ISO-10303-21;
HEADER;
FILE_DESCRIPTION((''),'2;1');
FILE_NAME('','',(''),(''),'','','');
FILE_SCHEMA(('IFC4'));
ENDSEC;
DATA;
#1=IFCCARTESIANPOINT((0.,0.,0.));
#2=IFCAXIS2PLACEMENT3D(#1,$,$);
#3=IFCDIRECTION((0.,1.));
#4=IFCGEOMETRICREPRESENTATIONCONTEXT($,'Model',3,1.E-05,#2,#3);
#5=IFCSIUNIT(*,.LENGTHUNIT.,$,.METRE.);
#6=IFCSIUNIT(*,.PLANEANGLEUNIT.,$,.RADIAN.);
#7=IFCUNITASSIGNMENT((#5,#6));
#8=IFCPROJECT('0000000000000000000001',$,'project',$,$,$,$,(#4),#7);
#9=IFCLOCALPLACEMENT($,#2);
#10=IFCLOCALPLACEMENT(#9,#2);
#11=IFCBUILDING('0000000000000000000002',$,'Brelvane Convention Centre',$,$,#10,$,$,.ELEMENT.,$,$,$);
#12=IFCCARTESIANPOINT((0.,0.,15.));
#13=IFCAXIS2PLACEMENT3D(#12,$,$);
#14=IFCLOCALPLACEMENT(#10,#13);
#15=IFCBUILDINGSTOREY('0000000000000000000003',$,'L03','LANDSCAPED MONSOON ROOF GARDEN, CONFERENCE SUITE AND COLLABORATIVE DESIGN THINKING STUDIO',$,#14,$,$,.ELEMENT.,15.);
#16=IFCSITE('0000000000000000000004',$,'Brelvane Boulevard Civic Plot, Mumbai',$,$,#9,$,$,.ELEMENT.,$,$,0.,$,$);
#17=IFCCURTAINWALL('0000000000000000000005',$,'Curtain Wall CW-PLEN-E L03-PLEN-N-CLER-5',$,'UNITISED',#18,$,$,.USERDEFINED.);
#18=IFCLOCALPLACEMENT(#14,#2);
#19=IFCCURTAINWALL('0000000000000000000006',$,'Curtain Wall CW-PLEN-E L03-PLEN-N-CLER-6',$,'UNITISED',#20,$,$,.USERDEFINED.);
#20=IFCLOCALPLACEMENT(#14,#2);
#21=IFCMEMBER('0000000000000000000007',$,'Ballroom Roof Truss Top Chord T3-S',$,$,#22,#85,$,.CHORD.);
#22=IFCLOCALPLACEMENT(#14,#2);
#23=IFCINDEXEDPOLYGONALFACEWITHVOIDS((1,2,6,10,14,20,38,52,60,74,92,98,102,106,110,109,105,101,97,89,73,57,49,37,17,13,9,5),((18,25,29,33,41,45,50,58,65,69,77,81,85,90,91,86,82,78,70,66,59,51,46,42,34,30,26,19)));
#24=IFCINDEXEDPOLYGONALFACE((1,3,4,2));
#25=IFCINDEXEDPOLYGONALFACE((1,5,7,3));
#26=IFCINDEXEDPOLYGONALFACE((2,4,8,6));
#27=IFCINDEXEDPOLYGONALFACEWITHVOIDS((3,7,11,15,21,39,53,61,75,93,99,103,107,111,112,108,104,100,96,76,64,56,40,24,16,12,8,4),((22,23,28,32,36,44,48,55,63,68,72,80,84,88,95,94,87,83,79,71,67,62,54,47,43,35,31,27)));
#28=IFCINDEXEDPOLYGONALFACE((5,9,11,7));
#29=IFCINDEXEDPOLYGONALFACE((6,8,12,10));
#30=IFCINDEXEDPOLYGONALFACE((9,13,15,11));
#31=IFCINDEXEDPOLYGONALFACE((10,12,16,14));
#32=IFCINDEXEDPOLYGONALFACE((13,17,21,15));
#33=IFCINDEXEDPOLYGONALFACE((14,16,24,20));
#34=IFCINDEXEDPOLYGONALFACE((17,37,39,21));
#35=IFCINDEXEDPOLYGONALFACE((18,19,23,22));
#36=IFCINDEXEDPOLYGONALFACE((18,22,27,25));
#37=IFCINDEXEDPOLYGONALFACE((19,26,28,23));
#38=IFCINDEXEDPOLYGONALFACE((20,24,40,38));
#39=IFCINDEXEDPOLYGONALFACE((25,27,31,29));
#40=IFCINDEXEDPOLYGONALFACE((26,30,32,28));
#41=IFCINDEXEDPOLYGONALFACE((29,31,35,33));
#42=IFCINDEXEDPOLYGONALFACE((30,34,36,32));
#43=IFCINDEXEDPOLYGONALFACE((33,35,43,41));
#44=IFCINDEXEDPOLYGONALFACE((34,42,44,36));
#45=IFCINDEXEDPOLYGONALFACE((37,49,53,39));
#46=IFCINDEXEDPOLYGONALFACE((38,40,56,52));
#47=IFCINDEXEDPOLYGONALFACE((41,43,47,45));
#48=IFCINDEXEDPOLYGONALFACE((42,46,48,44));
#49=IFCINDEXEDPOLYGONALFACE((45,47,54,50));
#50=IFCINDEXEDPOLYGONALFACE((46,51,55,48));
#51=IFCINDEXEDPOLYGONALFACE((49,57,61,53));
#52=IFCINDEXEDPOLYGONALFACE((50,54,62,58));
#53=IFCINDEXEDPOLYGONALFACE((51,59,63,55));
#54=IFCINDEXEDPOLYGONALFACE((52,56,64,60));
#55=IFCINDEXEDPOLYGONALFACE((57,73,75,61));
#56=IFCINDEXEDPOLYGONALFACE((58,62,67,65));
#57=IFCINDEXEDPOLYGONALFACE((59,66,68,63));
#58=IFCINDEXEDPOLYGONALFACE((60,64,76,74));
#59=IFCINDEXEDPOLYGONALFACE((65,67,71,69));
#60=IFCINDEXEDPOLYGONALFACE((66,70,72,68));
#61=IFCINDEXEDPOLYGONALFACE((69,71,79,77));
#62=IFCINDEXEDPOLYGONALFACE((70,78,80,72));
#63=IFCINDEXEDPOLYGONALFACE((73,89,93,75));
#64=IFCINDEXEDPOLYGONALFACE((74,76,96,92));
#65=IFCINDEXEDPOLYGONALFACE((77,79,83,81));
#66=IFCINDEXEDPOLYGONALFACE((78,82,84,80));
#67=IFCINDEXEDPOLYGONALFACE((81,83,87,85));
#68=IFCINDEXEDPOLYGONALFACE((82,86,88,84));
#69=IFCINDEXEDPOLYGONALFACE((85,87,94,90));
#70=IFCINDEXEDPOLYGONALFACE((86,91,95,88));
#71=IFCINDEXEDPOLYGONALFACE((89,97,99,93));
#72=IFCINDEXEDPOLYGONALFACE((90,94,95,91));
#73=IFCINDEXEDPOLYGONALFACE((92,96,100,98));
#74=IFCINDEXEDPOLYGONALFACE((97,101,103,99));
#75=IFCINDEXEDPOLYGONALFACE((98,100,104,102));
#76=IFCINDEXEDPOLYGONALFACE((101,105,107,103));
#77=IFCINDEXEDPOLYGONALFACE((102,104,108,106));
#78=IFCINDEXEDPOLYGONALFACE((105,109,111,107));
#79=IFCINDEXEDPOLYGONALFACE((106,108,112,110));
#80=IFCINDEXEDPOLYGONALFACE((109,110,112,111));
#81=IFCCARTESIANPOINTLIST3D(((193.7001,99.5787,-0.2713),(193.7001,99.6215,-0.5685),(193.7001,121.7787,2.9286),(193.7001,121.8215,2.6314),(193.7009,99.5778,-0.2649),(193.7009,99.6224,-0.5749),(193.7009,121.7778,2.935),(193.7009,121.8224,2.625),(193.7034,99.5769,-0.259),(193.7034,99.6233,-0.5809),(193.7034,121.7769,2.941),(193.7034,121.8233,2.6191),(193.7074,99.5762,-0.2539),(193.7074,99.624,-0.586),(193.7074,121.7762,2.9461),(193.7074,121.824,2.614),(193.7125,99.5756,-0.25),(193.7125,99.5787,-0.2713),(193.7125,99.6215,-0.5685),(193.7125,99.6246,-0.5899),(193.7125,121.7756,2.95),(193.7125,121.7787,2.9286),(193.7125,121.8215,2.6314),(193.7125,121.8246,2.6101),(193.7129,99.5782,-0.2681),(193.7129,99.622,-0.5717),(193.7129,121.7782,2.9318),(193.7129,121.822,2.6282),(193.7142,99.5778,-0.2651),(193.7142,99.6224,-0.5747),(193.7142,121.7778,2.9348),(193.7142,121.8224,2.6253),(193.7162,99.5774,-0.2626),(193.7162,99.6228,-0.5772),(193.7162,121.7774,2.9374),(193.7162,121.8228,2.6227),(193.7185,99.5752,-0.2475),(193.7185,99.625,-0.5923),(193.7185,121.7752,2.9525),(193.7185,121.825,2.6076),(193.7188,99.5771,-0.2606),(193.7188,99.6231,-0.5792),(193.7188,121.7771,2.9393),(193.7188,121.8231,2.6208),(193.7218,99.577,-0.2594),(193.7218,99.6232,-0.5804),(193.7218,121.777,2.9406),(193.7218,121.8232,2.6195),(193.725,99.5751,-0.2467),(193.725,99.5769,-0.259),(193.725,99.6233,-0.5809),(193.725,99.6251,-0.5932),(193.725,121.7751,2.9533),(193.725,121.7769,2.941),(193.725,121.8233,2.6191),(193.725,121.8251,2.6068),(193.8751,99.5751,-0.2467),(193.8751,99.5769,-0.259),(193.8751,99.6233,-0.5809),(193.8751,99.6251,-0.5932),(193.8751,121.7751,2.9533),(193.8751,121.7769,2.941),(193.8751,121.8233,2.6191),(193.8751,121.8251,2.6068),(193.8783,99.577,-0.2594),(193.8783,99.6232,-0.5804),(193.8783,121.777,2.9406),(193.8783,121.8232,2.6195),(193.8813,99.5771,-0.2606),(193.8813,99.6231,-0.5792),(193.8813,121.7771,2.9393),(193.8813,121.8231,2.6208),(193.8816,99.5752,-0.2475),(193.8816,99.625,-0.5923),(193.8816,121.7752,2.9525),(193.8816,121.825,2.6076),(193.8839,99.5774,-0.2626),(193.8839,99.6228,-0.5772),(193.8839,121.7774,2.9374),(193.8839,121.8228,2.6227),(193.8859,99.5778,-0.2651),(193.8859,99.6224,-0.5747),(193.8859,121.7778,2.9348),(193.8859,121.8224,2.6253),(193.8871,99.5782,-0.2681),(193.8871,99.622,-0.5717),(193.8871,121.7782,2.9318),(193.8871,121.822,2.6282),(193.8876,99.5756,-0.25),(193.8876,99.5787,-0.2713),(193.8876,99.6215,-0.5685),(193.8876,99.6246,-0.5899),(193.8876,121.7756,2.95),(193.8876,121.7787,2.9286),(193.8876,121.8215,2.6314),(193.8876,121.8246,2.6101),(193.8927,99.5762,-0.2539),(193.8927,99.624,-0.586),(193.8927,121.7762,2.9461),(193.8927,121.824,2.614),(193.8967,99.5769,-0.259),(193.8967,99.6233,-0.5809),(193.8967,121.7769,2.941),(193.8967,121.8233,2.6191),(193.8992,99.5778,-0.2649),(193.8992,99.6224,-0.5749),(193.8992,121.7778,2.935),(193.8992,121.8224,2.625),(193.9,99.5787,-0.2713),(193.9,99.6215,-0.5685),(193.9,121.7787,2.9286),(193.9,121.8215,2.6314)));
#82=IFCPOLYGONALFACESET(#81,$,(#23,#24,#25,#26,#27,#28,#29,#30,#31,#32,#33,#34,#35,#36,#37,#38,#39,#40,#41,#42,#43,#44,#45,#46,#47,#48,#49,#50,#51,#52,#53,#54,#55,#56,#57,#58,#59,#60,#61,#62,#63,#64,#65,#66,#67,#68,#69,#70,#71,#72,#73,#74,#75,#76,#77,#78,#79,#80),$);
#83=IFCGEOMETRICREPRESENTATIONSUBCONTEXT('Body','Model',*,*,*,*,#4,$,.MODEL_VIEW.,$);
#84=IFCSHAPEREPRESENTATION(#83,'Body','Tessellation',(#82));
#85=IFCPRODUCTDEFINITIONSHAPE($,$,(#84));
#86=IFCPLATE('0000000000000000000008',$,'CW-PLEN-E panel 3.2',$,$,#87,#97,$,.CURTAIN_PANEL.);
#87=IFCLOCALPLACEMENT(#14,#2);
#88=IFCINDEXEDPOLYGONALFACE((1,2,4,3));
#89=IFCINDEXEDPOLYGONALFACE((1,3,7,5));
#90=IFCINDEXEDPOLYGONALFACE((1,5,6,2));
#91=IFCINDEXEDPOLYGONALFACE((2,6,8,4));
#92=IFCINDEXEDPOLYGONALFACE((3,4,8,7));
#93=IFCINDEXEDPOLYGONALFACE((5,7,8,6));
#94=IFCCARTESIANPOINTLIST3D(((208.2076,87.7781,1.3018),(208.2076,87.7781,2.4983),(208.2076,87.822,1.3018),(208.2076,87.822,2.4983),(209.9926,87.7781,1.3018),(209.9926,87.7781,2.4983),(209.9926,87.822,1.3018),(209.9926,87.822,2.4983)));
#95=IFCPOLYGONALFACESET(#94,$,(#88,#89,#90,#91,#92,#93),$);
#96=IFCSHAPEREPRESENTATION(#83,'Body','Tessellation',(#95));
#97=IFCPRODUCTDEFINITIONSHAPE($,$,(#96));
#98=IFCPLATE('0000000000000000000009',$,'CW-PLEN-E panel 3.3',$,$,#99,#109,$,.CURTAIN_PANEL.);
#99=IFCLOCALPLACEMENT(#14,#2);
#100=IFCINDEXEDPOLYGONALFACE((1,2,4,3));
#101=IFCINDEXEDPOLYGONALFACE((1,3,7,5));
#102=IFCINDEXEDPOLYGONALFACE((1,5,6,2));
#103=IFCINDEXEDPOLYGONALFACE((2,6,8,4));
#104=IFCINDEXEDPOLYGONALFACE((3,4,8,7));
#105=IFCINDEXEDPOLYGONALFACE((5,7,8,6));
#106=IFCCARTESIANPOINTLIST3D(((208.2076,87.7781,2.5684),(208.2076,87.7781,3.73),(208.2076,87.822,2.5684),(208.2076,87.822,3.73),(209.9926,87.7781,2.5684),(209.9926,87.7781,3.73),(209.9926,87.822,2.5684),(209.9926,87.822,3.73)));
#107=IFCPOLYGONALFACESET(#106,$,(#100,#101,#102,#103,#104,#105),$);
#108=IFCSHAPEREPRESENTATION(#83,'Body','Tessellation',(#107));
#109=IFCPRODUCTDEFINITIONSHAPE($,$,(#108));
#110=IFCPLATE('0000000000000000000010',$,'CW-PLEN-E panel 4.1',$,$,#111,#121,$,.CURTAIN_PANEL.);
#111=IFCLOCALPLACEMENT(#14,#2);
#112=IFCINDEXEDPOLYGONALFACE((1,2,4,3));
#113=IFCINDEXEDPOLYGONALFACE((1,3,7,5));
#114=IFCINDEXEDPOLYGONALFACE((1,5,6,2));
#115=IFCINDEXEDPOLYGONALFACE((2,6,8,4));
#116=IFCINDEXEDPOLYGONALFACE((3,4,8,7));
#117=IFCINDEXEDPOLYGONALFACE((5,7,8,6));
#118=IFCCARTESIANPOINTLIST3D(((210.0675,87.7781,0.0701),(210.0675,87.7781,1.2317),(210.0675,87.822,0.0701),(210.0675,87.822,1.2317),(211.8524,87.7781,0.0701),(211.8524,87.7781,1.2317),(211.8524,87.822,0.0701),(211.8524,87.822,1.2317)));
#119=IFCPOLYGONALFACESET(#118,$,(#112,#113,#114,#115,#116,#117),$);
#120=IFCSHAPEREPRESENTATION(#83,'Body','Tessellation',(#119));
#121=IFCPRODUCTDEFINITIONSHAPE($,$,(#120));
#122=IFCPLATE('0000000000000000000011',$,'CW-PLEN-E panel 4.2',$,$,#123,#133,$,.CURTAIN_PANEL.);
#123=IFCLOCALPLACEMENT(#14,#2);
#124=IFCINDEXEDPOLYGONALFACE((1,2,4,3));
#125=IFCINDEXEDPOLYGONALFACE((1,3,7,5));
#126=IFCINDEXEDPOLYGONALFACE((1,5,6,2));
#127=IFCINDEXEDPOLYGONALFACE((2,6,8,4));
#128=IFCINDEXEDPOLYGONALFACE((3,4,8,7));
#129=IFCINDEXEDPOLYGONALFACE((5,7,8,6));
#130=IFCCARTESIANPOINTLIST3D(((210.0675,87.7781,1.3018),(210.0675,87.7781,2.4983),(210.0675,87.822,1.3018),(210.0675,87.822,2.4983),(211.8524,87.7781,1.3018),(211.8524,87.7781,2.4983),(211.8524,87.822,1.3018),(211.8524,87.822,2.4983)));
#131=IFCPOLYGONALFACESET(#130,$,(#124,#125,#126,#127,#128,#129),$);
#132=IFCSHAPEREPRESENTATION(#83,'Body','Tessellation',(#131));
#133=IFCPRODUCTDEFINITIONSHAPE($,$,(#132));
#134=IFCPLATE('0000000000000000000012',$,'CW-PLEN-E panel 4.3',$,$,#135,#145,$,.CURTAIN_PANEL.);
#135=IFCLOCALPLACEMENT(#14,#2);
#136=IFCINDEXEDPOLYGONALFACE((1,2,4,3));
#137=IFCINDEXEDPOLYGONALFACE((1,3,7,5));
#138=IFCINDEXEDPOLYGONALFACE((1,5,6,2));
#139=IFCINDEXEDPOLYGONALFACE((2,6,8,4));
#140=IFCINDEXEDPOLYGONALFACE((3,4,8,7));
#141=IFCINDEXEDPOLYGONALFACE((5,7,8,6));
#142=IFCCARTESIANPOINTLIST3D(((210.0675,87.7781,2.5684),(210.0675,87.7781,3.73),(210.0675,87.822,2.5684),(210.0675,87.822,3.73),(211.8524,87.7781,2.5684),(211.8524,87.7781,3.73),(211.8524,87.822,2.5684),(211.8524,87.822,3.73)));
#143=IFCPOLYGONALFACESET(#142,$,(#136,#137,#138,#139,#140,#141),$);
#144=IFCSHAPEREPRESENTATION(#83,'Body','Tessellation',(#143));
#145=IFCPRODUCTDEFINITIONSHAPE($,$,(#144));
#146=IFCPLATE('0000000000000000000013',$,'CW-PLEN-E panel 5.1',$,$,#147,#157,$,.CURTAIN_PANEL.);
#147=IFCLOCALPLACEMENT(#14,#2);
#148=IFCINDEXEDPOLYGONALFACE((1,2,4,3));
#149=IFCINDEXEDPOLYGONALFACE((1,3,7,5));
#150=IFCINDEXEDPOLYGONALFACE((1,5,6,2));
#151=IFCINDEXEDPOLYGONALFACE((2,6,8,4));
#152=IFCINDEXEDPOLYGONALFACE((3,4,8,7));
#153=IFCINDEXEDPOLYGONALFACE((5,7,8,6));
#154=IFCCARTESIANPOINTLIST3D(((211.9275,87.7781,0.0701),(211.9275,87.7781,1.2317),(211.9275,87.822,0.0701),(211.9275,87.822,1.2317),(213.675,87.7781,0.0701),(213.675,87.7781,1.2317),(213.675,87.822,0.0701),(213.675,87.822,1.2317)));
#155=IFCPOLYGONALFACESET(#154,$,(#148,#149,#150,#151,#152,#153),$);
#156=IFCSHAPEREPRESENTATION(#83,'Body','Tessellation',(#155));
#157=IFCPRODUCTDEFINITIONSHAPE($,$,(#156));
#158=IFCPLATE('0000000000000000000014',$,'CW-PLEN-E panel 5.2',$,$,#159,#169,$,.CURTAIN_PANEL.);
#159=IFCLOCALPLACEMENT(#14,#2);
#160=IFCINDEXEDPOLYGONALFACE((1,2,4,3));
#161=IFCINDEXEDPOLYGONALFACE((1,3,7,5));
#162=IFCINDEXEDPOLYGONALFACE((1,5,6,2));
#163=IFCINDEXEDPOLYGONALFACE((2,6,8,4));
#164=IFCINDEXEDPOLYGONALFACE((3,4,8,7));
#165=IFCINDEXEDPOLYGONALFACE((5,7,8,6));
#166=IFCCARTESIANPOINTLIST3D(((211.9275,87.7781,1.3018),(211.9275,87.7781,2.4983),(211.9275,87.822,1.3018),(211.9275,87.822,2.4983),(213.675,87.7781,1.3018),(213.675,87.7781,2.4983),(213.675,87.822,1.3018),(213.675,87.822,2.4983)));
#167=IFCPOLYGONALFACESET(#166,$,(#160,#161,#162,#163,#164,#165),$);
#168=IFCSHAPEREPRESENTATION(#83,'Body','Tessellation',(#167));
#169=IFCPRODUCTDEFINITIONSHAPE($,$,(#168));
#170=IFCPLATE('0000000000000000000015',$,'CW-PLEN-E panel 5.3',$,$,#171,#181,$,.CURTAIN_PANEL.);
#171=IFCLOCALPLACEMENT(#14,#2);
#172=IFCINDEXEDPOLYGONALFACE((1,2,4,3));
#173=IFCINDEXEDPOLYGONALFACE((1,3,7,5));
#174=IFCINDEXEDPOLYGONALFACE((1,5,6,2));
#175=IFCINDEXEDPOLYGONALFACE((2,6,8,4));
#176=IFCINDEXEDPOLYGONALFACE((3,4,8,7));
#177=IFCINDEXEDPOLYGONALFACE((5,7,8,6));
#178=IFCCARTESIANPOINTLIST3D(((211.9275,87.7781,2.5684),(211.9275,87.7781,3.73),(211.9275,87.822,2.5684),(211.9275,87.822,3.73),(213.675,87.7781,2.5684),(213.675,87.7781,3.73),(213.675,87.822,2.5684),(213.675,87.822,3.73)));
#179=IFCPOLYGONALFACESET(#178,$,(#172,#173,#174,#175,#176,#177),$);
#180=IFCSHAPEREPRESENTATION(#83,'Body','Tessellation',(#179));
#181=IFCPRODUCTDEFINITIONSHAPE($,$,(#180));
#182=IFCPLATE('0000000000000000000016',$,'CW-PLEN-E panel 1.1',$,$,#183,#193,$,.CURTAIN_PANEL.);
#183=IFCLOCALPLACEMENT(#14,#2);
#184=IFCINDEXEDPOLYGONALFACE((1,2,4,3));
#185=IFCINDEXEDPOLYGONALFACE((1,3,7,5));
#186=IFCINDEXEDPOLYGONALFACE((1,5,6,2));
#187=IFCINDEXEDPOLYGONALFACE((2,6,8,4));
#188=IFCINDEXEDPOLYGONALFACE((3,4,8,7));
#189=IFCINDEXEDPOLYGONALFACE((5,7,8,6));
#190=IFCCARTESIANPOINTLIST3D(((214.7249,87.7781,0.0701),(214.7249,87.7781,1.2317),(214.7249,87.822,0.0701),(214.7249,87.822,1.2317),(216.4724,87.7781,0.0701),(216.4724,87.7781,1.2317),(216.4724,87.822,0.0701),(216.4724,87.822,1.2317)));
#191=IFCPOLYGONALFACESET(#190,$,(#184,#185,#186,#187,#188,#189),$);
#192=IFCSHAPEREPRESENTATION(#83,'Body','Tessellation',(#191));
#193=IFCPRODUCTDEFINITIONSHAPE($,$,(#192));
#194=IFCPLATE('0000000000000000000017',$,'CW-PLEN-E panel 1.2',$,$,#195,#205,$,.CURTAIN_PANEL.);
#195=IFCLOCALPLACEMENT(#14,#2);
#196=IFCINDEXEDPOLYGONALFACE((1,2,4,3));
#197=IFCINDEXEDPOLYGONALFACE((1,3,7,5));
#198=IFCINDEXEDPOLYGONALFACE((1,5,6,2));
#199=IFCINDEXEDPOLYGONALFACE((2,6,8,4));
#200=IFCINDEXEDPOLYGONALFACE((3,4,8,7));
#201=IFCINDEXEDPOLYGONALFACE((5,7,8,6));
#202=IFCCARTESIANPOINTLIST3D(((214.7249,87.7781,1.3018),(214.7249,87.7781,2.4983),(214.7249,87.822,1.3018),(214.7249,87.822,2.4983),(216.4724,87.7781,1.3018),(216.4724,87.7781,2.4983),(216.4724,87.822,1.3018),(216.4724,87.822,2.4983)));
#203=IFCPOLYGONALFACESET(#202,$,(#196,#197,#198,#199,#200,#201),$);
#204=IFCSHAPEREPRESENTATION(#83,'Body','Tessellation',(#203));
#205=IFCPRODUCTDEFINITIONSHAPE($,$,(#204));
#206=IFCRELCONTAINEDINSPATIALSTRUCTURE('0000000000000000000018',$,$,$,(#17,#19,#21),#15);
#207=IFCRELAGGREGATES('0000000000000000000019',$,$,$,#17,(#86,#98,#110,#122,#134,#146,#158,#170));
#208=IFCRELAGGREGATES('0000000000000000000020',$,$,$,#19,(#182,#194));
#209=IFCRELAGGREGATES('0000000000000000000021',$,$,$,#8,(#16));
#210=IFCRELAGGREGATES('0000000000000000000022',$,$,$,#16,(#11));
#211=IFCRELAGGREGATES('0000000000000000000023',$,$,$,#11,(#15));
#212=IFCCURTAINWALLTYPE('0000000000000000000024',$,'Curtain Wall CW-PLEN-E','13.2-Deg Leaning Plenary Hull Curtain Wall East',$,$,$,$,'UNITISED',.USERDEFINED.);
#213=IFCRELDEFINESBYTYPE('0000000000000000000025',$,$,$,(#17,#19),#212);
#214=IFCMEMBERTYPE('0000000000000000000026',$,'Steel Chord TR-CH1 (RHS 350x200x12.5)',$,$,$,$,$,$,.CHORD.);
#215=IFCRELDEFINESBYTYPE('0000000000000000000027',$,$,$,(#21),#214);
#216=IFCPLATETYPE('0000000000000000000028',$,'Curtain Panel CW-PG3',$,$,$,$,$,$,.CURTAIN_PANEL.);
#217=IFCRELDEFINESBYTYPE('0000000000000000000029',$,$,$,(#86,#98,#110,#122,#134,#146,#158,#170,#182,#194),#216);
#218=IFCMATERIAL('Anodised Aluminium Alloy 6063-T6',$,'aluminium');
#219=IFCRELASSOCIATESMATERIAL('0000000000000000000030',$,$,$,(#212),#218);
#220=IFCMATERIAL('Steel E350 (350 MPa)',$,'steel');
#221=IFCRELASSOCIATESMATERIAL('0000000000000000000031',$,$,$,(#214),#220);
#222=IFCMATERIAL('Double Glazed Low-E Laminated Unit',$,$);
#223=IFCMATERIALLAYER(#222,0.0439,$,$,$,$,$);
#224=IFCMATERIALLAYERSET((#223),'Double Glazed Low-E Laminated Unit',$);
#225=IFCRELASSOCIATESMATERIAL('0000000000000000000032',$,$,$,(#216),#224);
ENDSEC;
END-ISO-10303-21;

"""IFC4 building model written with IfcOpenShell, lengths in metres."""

from ifc_helpers import new_model, si_unit, direction, frame, origin, origin_2d, place, context, subcontext, project, spatial, rectangle, hollow_rectangle, extrude, material, layer, layer_set, material_profile, profile_set, type_object, element, aggregate, save


model = new_model("IFC4")

# Units and contexts
model_context = context("Model", 3, precision=1e-05, world=origin(), true_north=direction((0.0, 1.0)))
body_context = subcontext(model_context, "Body", "Model", "MODEL_VIEW")
ifc_project = project(units=[si_unit("LENGTHUNIT", "METRE"), si_unit("PLANEANGLEUNIT", "RADIAN")], contexts=[model_context])

# Site, building, storey
site_placement = place(None, origin())
site = spatial("IfcSite", under=ifc_project, at=site_placement, Name="Brelvane Boulevard Civic Plot, Mumbai", CompositionType="ELEMENT", RefElevation=0.0)
building_placement = place(site_placement, origin())
building = spatial("IfcBuilding", under=site, at=building_placement, Name="Brelvane Convention Centre", CompositionType="ELEMENT")
storey_placement = place(building_placement, frame((0.0, 0.0, 15.0)))
storey = spatial("IfcBuildingStorey", under=building, at=storey_placement, Name="L03", Description="LANDSCAPED MONSOON ROOF GARDEN, CONFERENCE SUITE AND COLLABORATIVE DESIGN THINKING STUDIO", CompositionType="ELEMENT", Elevation=15.0)

# Curtain walls
ifc_material_1 = material(Name="Anodised Aluminium Alloy 6063-T6", Category="aluminium")
curtain_wall_type = type_object("IfcCurtainWallType", Name="Curtain Wall CW-PLEN-E", Description="13.2-Deg Leaning Plenary Hull Curtain Wall East", ElementType="UNITISED", PredefinedType="USERDEFINED", material=ifc_material_1)
curtain_wall_1_placement = place(storey_placement, origin())
curtain_wall_1 = element("IfcCurtainWall", 1, at=curtain_wall_1_placement, inside=storey, type_object=curtain_wall_type, Name="Curtain Wall CW-PLEN-E L03-PLEN-N-CLER-5", ObjectType="UNITISED", PredefinedType="USERDEFINED")
curtain_wall_2_placement = place(storey_placement, origin())
curtain_wall_2 = element("IfcCurtainWall", 2, at=curtain_wall_2_placement, inside=storey, type_object=curtain_wall_type, Name="Curtain Wall CW-PLEN-E L03-PLEN-N-CLER-6", ObjectType="UNITISED", PredefinedType="USERDEFINED")

# Member
ifc_material_2 = material(Name="Steel E350 (350 MPa)", Category="steel")
ifc_material_profile_1 = material_profile(ifc_material_2, hollow_rectangle(XDim=0.2, YDim=0.3501, WallThickness=0.0125, InnerFilletRadius=0.0125, OuterFilletRadius=0.0249, at=origin_2d()), Name="RHS 350x200x12.5")
ifc_profile_set_1 = profile_set([ifc_material_profile_1], Name="Steel E350 (350 MPa)")
member_type_1 = type_object("IfcMemberType", Name="Steel Chord TR-CH1 (RHS 350x200x12.5)", PredefinedType="CHORD", material=ifc_profile_set_1)
member_1_placement = place(storey_placement, frame((193.8, 99.6001, -0.4199), z_axis=(0.0, 0.989771, 0.142668), x_axis=(-1.0, 0.0, 0.0)))
element("IfcMember", 3, at=member_1_placement, inside=storey, type_object=member_type_1, Name="Ballroom Roof Truss Top Chord T3-S", PredefinedType="CHORD", context=body_context, shape_type="SweptSolid", body=[
    extrude(hollow_rectangle(XDim=0.2, YDim=0.3501, WallThickness=0.0125, InnerFilletRadius=0.0125, OuterFilletRadius=0.0249, at=origin_2d()), origin(), (0.0, 0.0, 1.0), 22.4294),
])

# Plates
ifc_material_3 = material(Name="Double Glazed Low-E Laminated Unit")
ifc_layer_1 = layer(ifc_material_3, 0.0439)
ifc_layer_set_1 = layer_set([ifc_layer_1], Name="Double Glazed Low-E Laminated Unit")
plate_type_1 = type_object("IfcPlateType", Name="Curtain Panel CW-PG3", PredefinedType="CURTAIN_PANEL", material=ifc_layer_set_1)
plate_1_placement = place(storey_placement, frame((209.1001, 87.8, 1.3018), z_axis=(0.0, 0.0, 1.0), x_axis=(1.0, 0.0, 0.0)))
plate_1 = element("IfcPlate", 4, at=plate_1_placement, type_object=plate_type_1, Name="CW-PLEN-E panel 3.2", PredefinedType="CURTAIN_PANEL", context=body_context, shape_type="SweptSolid", body=[
    extrude(rectangle(XDim=1.7849, YDim=0.0439, at=origin_2d()), origin(), (0.0, 0.0, 1.0), 1.1965),
])
plate_2_placement = place(storey_placement, frame((209.1001, 87.8, 2.5684), z_axis=(0.0, 0.0, 1.0), x_axis=(1.0, 0.0, 0.0)))
plate_2 = element("IfcPlate", 5, at=plate_2_placement, type_object=plate_type_1, Name="CW-PLEN-E panel 3.3", PredefinedType="CURTAIN_PANEL", context=body_context, shape_type="SweptSolid", body=[
    extrude(rectangle(XDim=1.7849, YDim=0.0439, at=origin_2d()), origin(), (0.0, 0.0, 1.0), 1.1616),
])
plate_3_placement = place(storey_placement, frame((210.96, 87.8, 0.0701), z_axis=(0.0, 0.0, 1.0), x_axis=(1.0, 0.0, 0.0)))
plate_3 = element("IfcPlate", 6, at=plate_3_placement, type_object=plate_type_1, Name="CW-PLEN-E panel 4.1", PredefinedType="CURTAIN_PANEL", context=body_context, shape_type="SweptSolid", body=[
    extrude(rectangle(XDim=1.7849, YDim=0.0439, at=origin_2d()), origin(), (0.0, 0.0, 1.0), 1.1616),
])
plate_4_placement = place(storey_placement, frame((210.96, 87.8, 1.3018), z_axis=(0.0, 0.0, 1.0), x_axis=(1.0, 0.0, 0.0)))
plate_4 = element("IfcPlate", 7, at=plate_4_placement, type_object=plate_type_1, Name="CW-PLEN-E panel 4.2", PredefinedType="CURTAIN_PANEL", context=body_context, shape_type="SweptSolid", body=[
    extrude(rectangle(XDim=1.7849, YDim=0.0439, at=origin_2d()), origin(), (0.0, 0.0, 1.0), 1.1965),
])
plate_5_placement = place(storey_placement, frame((210.96, 87.8, 2.5684), z_axis=(0.0, 0.0, 1.0), x_axis=(1.0, 0.0, 0.0)))
plate_5 = element("IfcPlate", 8, at=plate_5_placement, type_object=plate_type_1, Name="CW-PLEN-E panel 4.3", PredefinedType="CURTAIN_PANEL", context=body_context, shape_type="SweptSolid", body=[
    extrude(rectangle(XDim=1.7849, YDim=0.0439, at=origin_2d()), origin(), (0.0, 0.0, 1.0), 1.1616),
])
plate_6_placement = place(storey_placement, frame((212.8013, 87.8, 0.0701), z_axis=(0.0, 0.0, 1.0), x_axis=(1.0, 0.0, 0.0)))
plate_6 = element("IfcPlate", 9, at=plate_6_placement, type_object=plate_type_1, Name="CW-PLEN-E panel 5.1", PredefinedType="CURTAIN_PANEL", context=body_context, shape_type="SweptSolid", body=[
    extrude(rectangle(XDim=1.7476, YDim=0.0439, at=origin_2d()), origin(), (0.0, 0.0, 1.0), 1.1616),
])
plate_7_placement = place(storey_placement, frame((212.8013, 87.8, 1.3018), z_axis=(0.0, 0.0, 1.0), x_axis=(1.0, 0.0, 0.0)))
plate_7 = element("IfcPlate", 10, at=plate_7_placement, type_object=plate_type_1, Name="CW-PLEN-E panel 5.2", PredefinedType="CURTAIN_PANEL", context=body_context, shape_type="SweptSolid", body=[
    extrude(rectangle(XDim=1.7476, YDim=0.0439, at=origin_2d()), origin(), (0.0, 0.0, 1.0), 1.1965),
])
plate_8_placement = place(storey_placement, frame((212.8013, 87.8, 2.5684), z_axis=(0.0, 0.0, 1.0), x_axis=(1.0, 0.0, 0.0)))
plate_8 = element("IfcPlate", 11, at=plate_8_placement, type_object=plate_type_1, Name="CW-PLEN-E panel 5.3", PredefinedType="CURTAIN_PANEL", context=body_context, shape_type="SweptSolid", body=[
    extrude(rectangle(XDim=1.7476, YDim=0.0439, at=origin_2d()), origin(), (0.0, 0.0, 1.0), 1.1616),
])
aggregate(curtain_wall_1, [plate_1, plate_2, plate_3, plate_4, plate_5, plate_6, plate_7, plate_8])
plate_9_placement = place(storey_placement, frame((215.5986, 87.8, 0.0701), z_axis=(0.0, 0.0, 1.0), x_axis=(1.0, 0.0, 0.0)))
plate_9 = element("IfcPlate", 12, at=plate_9_placement, type_object=plate_type_1, Name="CW-PLEN-E panel 1.1", PredefinedType="CURTAIN_PANEL", context=body_context, shape_type="SweptSolid", body=[
    extrude(rectangle(XDim=1.7476, YDim=0.0439, at=origin_2d()), origin(), (0.0, 0.0, 1.0), 1.1616),
])
plate_10_placement = place(storey_placement, frame((215.5986, 87.8, 1.3018), z_axis=(0.0, 0.0, 1.0), x_axis=(1.0, 0.0, 0.0)))
plate_10 = element("IfcPlate", 13, at=plate_10_placement, type_object=plate_type_1, Name="CW-PLEN-E panel 1.2", PredefinedType="CURTAIN_PANEL", context=body_context, shape_type="SweptSolid", body=[
    extrude(rectangle(XDim=1.7476, YDim=0.0439, at=origin_2d()), origin(), (0.0, 0.0, 1.0), 1.1965),
])
aggregate(curtain_wall_2, [plate_9, plate_10])

save(model, "model.ifc")
